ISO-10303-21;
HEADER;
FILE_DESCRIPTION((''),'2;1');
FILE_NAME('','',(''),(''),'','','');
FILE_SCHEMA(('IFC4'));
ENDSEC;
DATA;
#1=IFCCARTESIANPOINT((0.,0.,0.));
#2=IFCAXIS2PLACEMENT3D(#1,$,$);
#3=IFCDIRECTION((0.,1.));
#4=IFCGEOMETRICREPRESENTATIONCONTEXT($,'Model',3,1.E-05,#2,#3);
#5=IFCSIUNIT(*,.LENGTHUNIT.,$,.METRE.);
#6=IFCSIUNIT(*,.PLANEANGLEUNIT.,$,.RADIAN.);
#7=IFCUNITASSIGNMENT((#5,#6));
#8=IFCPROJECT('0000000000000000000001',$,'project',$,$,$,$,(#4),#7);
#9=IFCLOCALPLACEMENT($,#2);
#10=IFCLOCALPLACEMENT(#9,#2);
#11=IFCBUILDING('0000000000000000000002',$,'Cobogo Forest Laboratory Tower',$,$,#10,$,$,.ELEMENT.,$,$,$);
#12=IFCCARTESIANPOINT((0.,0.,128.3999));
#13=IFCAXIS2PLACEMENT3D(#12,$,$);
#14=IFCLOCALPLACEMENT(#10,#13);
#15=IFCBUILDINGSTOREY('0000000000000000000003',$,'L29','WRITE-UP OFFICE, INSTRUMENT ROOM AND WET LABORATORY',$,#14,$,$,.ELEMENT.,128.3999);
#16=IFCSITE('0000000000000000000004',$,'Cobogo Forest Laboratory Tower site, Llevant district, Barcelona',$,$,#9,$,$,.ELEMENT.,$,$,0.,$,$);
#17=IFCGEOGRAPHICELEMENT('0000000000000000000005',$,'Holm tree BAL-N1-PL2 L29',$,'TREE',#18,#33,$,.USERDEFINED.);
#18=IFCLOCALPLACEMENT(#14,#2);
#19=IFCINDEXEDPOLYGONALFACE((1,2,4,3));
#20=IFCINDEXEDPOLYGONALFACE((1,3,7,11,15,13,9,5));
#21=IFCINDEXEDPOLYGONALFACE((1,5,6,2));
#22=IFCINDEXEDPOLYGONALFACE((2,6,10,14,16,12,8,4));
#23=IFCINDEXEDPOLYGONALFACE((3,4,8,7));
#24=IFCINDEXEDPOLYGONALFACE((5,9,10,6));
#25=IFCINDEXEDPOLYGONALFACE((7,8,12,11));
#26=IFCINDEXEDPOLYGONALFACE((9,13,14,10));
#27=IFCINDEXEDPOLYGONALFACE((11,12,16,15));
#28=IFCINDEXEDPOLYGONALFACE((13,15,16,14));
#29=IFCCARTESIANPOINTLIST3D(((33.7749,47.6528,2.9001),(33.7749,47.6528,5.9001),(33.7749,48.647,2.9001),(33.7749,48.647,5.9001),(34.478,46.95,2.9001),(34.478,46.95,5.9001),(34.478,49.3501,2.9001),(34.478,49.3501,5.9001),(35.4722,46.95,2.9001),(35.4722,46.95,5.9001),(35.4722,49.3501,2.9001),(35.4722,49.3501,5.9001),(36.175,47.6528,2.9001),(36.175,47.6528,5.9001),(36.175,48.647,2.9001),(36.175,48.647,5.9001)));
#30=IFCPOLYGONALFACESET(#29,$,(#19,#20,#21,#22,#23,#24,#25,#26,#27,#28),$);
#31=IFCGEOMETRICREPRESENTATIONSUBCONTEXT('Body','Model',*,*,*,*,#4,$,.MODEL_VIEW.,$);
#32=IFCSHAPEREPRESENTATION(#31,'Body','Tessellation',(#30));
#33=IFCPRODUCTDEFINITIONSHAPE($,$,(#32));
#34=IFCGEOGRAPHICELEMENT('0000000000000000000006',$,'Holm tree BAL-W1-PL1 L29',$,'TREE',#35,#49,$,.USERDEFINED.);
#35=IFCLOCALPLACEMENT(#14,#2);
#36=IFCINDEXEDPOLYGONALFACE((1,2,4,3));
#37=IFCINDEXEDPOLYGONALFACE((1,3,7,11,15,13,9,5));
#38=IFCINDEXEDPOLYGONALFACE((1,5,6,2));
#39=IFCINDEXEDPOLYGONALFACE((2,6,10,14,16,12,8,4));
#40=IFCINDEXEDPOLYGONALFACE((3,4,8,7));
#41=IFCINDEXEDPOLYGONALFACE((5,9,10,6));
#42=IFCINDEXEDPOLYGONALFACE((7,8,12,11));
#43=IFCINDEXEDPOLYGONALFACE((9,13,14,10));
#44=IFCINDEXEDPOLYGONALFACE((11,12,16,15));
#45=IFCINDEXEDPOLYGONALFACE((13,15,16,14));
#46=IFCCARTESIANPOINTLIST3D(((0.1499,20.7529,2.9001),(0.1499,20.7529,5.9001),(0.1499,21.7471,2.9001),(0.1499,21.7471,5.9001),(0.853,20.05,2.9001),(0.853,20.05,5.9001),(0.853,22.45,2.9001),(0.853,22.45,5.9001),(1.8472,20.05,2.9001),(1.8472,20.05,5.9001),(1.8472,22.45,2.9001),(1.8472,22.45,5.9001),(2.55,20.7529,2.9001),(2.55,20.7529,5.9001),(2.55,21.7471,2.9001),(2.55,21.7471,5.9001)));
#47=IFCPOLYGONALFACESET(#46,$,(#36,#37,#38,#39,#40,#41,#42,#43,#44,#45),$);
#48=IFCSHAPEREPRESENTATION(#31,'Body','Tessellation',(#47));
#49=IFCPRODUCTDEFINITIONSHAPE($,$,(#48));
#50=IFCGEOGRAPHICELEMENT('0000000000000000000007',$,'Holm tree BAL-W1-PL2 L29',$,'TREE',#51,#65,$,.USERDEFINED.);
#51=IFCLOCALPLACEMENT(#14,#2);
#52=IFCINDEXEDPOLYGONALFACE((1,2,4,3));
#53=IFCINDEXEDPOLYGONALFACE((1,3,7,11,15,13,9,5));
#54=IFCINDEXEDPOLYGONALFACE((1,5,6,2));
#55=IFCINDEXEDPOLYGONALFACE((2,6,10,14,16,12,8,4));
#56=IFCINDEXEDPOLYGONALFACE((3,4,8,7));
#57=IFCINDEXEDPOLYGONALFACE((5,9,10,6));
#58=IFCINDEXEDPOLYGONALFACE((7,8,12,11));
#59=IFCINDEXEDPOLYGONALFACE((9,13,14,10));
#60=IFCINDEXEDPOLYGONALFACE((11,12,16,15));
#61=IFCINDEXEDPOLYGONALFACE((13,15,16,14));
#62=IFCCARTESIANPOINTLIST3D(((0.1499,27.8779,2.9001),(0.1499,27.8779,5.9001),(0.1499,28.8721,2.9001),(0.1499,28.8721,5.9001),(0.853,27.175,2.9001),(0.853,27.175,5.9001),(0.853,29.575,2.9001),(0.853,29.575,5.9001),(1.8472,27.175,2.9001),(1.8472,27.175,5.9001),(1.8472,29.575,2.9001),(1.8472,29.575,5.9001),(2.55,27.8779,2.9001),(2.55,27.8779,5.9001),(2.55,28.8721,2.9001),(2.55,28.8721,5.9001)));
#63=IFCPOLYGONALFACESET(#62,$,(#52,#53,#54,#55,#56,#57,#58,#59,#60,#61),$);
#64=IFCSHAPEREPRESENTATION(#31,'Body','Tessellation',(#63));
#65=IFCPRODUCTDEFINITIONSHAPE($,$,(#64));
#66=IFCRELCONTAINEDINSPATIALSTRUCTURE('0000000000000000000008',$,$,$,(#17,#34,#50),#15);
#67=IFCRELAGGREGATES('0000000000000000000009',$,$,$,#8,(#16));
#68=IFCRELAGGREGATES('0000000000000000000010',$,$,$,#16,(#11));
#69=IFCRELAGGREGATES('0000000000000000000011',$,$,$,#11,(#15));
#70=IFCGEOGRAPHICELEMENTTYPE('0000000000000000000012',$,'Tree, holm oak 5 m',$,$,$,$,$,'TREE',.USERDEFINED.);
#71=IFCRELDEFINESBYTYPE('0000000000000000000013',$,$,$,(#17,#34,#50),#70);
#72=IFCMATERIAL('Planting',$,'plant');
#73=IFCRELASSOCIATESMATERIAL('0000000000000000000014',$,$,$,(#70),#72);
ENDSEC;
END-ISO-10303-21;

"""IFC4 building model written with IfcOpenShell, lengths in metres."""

from ifc_helpers import new_model, si_unit, direction, frame, origin, place, context, subcontext, project, spatial, polyline, outline, extrude, material, type_object, element, save


model = new_model("IFC4")

# Units and contexts
model_context = context("Model", 3, precision=1e-05, world=origin(), true_north=direction((0.0, 1.0)))
body_context = subcontext(model_context, "Body", "Model", "MODEL_VIEW")
ifc_project = project(units=[si_unit("LENGTHUNIT", "METRE"), si_unit("PLANEANGLEUNIT", "RADIAN")], contexts=[model_context])

# Site, building, storey
site_placement = place(None, origin())
site = spatial("IfcSite", under=ifc_project, at=site_placement, Name="Cobogo Forest Laboratory Tower site, Llevant district, Barcelona", CompositionType="ELEMENT", RefElevation=0.0)
building_placement = place(site_placement, origin())
building = spatial("IfcBuilding", under=site, at=building_placement, Name="Cobogo Forest Laboratory Tower", CompositionType="ELEMENT")
storey_placement = place(building_placement, frame((0.0, 0.0, 128.3999)))
storey = spatial("IfcBuildingStorey", under=building, at=storey_placement, Name="L29", Description="WRITE-UP OFFICE, INSTRUMENT ROOM AND WET LABORATORY", CompositionType="ELEMENT", Elevation=128.3999)

# Geographic elements
ifc_material_1 = material(Name="Planting", Category="plant")
geographic_element_type = type_object("IfcGeographicElementType", Name="Tree, holm oak 5 m", ElementType="TREE", PredefinedType="USERDEFINED", material=ifc_material_1)
geographic_element_1_placement = place(storey_placement, frame((0.0, 0.0, 2.9001)))
element("IfcGeographicElement", 1, at=geographic_element_1_placement, inside=storey, type_object=geographic_element_type, Name="Holm tree BAL-N1-PL2 L29", ObjectType="TREE", PredefinedType="USERDEFINED", context=body_context, shape_type="SweptSolid", body=[
    extrude(outline(polyline([(36.175, 47.6528), (36.175, 48.647), (35.4722, 49.3501), (34.478, 49.3501), (33.7749, 48.647), (33.7749, 47.6528), (34.478, 46.95), (35.4722, 46.95), (36.175, 47.6528)])), origin(), (0.0, 0.0, 1.0), 3.0),
])
geographic_element_2_placement = place(storey_placement, frame((0.0, 0.0, 2.9001)))
element("IfcGeographicElement", 2, at=geographic_element_2_placement, inside=storey, type_object=geographic_element_type, Name="Holm tree BAL-W1-PL1 L29", ObjectType="TREE", PredefinedType="USERDEFINED", context=body_context, shape_type="SweptSolid", body=[
    extrude(outline(polyline([(2.55, 20.7529), (2.55, 21.7471), (1.8472, 22.45), (0.853, 22.45), (0.1499, 21.7471), (0.1499, 20.7529), (0.853, 20.05), (1.8472, 20.05), (2.55, 20.7529)])), origin(), (0.0, 0.0, 1.0), 3.0),
])
geographic_element_3_placement = place(storey_placement, frame((0.0, 0.0, 2.9001)))
element("IfcGeographicElement", 3, at=geographic_element_3_placement, inside=storey, type_object=geographic_element_type, Name="Holm tree BAL-W1-PL2 L29", ObjectType="TREE", PredefinedType="USERDEFINED", context=body_context, shape_type="SweptSolid", body=[
    extrude(outline(polyline([(2.55, 27.8779), (2.55, 28.8721), (1.8472, 29.575), (0.853, 29.575), (0.1499, 28.8721), (0.1499, 27.8779), (0.853, 27.175), (1.8472, 27.175), (2.55, 27.8779)])), origin(), (0.0, 0.0, 1.0), 3.0),
])

save(model, "model.ifc")
